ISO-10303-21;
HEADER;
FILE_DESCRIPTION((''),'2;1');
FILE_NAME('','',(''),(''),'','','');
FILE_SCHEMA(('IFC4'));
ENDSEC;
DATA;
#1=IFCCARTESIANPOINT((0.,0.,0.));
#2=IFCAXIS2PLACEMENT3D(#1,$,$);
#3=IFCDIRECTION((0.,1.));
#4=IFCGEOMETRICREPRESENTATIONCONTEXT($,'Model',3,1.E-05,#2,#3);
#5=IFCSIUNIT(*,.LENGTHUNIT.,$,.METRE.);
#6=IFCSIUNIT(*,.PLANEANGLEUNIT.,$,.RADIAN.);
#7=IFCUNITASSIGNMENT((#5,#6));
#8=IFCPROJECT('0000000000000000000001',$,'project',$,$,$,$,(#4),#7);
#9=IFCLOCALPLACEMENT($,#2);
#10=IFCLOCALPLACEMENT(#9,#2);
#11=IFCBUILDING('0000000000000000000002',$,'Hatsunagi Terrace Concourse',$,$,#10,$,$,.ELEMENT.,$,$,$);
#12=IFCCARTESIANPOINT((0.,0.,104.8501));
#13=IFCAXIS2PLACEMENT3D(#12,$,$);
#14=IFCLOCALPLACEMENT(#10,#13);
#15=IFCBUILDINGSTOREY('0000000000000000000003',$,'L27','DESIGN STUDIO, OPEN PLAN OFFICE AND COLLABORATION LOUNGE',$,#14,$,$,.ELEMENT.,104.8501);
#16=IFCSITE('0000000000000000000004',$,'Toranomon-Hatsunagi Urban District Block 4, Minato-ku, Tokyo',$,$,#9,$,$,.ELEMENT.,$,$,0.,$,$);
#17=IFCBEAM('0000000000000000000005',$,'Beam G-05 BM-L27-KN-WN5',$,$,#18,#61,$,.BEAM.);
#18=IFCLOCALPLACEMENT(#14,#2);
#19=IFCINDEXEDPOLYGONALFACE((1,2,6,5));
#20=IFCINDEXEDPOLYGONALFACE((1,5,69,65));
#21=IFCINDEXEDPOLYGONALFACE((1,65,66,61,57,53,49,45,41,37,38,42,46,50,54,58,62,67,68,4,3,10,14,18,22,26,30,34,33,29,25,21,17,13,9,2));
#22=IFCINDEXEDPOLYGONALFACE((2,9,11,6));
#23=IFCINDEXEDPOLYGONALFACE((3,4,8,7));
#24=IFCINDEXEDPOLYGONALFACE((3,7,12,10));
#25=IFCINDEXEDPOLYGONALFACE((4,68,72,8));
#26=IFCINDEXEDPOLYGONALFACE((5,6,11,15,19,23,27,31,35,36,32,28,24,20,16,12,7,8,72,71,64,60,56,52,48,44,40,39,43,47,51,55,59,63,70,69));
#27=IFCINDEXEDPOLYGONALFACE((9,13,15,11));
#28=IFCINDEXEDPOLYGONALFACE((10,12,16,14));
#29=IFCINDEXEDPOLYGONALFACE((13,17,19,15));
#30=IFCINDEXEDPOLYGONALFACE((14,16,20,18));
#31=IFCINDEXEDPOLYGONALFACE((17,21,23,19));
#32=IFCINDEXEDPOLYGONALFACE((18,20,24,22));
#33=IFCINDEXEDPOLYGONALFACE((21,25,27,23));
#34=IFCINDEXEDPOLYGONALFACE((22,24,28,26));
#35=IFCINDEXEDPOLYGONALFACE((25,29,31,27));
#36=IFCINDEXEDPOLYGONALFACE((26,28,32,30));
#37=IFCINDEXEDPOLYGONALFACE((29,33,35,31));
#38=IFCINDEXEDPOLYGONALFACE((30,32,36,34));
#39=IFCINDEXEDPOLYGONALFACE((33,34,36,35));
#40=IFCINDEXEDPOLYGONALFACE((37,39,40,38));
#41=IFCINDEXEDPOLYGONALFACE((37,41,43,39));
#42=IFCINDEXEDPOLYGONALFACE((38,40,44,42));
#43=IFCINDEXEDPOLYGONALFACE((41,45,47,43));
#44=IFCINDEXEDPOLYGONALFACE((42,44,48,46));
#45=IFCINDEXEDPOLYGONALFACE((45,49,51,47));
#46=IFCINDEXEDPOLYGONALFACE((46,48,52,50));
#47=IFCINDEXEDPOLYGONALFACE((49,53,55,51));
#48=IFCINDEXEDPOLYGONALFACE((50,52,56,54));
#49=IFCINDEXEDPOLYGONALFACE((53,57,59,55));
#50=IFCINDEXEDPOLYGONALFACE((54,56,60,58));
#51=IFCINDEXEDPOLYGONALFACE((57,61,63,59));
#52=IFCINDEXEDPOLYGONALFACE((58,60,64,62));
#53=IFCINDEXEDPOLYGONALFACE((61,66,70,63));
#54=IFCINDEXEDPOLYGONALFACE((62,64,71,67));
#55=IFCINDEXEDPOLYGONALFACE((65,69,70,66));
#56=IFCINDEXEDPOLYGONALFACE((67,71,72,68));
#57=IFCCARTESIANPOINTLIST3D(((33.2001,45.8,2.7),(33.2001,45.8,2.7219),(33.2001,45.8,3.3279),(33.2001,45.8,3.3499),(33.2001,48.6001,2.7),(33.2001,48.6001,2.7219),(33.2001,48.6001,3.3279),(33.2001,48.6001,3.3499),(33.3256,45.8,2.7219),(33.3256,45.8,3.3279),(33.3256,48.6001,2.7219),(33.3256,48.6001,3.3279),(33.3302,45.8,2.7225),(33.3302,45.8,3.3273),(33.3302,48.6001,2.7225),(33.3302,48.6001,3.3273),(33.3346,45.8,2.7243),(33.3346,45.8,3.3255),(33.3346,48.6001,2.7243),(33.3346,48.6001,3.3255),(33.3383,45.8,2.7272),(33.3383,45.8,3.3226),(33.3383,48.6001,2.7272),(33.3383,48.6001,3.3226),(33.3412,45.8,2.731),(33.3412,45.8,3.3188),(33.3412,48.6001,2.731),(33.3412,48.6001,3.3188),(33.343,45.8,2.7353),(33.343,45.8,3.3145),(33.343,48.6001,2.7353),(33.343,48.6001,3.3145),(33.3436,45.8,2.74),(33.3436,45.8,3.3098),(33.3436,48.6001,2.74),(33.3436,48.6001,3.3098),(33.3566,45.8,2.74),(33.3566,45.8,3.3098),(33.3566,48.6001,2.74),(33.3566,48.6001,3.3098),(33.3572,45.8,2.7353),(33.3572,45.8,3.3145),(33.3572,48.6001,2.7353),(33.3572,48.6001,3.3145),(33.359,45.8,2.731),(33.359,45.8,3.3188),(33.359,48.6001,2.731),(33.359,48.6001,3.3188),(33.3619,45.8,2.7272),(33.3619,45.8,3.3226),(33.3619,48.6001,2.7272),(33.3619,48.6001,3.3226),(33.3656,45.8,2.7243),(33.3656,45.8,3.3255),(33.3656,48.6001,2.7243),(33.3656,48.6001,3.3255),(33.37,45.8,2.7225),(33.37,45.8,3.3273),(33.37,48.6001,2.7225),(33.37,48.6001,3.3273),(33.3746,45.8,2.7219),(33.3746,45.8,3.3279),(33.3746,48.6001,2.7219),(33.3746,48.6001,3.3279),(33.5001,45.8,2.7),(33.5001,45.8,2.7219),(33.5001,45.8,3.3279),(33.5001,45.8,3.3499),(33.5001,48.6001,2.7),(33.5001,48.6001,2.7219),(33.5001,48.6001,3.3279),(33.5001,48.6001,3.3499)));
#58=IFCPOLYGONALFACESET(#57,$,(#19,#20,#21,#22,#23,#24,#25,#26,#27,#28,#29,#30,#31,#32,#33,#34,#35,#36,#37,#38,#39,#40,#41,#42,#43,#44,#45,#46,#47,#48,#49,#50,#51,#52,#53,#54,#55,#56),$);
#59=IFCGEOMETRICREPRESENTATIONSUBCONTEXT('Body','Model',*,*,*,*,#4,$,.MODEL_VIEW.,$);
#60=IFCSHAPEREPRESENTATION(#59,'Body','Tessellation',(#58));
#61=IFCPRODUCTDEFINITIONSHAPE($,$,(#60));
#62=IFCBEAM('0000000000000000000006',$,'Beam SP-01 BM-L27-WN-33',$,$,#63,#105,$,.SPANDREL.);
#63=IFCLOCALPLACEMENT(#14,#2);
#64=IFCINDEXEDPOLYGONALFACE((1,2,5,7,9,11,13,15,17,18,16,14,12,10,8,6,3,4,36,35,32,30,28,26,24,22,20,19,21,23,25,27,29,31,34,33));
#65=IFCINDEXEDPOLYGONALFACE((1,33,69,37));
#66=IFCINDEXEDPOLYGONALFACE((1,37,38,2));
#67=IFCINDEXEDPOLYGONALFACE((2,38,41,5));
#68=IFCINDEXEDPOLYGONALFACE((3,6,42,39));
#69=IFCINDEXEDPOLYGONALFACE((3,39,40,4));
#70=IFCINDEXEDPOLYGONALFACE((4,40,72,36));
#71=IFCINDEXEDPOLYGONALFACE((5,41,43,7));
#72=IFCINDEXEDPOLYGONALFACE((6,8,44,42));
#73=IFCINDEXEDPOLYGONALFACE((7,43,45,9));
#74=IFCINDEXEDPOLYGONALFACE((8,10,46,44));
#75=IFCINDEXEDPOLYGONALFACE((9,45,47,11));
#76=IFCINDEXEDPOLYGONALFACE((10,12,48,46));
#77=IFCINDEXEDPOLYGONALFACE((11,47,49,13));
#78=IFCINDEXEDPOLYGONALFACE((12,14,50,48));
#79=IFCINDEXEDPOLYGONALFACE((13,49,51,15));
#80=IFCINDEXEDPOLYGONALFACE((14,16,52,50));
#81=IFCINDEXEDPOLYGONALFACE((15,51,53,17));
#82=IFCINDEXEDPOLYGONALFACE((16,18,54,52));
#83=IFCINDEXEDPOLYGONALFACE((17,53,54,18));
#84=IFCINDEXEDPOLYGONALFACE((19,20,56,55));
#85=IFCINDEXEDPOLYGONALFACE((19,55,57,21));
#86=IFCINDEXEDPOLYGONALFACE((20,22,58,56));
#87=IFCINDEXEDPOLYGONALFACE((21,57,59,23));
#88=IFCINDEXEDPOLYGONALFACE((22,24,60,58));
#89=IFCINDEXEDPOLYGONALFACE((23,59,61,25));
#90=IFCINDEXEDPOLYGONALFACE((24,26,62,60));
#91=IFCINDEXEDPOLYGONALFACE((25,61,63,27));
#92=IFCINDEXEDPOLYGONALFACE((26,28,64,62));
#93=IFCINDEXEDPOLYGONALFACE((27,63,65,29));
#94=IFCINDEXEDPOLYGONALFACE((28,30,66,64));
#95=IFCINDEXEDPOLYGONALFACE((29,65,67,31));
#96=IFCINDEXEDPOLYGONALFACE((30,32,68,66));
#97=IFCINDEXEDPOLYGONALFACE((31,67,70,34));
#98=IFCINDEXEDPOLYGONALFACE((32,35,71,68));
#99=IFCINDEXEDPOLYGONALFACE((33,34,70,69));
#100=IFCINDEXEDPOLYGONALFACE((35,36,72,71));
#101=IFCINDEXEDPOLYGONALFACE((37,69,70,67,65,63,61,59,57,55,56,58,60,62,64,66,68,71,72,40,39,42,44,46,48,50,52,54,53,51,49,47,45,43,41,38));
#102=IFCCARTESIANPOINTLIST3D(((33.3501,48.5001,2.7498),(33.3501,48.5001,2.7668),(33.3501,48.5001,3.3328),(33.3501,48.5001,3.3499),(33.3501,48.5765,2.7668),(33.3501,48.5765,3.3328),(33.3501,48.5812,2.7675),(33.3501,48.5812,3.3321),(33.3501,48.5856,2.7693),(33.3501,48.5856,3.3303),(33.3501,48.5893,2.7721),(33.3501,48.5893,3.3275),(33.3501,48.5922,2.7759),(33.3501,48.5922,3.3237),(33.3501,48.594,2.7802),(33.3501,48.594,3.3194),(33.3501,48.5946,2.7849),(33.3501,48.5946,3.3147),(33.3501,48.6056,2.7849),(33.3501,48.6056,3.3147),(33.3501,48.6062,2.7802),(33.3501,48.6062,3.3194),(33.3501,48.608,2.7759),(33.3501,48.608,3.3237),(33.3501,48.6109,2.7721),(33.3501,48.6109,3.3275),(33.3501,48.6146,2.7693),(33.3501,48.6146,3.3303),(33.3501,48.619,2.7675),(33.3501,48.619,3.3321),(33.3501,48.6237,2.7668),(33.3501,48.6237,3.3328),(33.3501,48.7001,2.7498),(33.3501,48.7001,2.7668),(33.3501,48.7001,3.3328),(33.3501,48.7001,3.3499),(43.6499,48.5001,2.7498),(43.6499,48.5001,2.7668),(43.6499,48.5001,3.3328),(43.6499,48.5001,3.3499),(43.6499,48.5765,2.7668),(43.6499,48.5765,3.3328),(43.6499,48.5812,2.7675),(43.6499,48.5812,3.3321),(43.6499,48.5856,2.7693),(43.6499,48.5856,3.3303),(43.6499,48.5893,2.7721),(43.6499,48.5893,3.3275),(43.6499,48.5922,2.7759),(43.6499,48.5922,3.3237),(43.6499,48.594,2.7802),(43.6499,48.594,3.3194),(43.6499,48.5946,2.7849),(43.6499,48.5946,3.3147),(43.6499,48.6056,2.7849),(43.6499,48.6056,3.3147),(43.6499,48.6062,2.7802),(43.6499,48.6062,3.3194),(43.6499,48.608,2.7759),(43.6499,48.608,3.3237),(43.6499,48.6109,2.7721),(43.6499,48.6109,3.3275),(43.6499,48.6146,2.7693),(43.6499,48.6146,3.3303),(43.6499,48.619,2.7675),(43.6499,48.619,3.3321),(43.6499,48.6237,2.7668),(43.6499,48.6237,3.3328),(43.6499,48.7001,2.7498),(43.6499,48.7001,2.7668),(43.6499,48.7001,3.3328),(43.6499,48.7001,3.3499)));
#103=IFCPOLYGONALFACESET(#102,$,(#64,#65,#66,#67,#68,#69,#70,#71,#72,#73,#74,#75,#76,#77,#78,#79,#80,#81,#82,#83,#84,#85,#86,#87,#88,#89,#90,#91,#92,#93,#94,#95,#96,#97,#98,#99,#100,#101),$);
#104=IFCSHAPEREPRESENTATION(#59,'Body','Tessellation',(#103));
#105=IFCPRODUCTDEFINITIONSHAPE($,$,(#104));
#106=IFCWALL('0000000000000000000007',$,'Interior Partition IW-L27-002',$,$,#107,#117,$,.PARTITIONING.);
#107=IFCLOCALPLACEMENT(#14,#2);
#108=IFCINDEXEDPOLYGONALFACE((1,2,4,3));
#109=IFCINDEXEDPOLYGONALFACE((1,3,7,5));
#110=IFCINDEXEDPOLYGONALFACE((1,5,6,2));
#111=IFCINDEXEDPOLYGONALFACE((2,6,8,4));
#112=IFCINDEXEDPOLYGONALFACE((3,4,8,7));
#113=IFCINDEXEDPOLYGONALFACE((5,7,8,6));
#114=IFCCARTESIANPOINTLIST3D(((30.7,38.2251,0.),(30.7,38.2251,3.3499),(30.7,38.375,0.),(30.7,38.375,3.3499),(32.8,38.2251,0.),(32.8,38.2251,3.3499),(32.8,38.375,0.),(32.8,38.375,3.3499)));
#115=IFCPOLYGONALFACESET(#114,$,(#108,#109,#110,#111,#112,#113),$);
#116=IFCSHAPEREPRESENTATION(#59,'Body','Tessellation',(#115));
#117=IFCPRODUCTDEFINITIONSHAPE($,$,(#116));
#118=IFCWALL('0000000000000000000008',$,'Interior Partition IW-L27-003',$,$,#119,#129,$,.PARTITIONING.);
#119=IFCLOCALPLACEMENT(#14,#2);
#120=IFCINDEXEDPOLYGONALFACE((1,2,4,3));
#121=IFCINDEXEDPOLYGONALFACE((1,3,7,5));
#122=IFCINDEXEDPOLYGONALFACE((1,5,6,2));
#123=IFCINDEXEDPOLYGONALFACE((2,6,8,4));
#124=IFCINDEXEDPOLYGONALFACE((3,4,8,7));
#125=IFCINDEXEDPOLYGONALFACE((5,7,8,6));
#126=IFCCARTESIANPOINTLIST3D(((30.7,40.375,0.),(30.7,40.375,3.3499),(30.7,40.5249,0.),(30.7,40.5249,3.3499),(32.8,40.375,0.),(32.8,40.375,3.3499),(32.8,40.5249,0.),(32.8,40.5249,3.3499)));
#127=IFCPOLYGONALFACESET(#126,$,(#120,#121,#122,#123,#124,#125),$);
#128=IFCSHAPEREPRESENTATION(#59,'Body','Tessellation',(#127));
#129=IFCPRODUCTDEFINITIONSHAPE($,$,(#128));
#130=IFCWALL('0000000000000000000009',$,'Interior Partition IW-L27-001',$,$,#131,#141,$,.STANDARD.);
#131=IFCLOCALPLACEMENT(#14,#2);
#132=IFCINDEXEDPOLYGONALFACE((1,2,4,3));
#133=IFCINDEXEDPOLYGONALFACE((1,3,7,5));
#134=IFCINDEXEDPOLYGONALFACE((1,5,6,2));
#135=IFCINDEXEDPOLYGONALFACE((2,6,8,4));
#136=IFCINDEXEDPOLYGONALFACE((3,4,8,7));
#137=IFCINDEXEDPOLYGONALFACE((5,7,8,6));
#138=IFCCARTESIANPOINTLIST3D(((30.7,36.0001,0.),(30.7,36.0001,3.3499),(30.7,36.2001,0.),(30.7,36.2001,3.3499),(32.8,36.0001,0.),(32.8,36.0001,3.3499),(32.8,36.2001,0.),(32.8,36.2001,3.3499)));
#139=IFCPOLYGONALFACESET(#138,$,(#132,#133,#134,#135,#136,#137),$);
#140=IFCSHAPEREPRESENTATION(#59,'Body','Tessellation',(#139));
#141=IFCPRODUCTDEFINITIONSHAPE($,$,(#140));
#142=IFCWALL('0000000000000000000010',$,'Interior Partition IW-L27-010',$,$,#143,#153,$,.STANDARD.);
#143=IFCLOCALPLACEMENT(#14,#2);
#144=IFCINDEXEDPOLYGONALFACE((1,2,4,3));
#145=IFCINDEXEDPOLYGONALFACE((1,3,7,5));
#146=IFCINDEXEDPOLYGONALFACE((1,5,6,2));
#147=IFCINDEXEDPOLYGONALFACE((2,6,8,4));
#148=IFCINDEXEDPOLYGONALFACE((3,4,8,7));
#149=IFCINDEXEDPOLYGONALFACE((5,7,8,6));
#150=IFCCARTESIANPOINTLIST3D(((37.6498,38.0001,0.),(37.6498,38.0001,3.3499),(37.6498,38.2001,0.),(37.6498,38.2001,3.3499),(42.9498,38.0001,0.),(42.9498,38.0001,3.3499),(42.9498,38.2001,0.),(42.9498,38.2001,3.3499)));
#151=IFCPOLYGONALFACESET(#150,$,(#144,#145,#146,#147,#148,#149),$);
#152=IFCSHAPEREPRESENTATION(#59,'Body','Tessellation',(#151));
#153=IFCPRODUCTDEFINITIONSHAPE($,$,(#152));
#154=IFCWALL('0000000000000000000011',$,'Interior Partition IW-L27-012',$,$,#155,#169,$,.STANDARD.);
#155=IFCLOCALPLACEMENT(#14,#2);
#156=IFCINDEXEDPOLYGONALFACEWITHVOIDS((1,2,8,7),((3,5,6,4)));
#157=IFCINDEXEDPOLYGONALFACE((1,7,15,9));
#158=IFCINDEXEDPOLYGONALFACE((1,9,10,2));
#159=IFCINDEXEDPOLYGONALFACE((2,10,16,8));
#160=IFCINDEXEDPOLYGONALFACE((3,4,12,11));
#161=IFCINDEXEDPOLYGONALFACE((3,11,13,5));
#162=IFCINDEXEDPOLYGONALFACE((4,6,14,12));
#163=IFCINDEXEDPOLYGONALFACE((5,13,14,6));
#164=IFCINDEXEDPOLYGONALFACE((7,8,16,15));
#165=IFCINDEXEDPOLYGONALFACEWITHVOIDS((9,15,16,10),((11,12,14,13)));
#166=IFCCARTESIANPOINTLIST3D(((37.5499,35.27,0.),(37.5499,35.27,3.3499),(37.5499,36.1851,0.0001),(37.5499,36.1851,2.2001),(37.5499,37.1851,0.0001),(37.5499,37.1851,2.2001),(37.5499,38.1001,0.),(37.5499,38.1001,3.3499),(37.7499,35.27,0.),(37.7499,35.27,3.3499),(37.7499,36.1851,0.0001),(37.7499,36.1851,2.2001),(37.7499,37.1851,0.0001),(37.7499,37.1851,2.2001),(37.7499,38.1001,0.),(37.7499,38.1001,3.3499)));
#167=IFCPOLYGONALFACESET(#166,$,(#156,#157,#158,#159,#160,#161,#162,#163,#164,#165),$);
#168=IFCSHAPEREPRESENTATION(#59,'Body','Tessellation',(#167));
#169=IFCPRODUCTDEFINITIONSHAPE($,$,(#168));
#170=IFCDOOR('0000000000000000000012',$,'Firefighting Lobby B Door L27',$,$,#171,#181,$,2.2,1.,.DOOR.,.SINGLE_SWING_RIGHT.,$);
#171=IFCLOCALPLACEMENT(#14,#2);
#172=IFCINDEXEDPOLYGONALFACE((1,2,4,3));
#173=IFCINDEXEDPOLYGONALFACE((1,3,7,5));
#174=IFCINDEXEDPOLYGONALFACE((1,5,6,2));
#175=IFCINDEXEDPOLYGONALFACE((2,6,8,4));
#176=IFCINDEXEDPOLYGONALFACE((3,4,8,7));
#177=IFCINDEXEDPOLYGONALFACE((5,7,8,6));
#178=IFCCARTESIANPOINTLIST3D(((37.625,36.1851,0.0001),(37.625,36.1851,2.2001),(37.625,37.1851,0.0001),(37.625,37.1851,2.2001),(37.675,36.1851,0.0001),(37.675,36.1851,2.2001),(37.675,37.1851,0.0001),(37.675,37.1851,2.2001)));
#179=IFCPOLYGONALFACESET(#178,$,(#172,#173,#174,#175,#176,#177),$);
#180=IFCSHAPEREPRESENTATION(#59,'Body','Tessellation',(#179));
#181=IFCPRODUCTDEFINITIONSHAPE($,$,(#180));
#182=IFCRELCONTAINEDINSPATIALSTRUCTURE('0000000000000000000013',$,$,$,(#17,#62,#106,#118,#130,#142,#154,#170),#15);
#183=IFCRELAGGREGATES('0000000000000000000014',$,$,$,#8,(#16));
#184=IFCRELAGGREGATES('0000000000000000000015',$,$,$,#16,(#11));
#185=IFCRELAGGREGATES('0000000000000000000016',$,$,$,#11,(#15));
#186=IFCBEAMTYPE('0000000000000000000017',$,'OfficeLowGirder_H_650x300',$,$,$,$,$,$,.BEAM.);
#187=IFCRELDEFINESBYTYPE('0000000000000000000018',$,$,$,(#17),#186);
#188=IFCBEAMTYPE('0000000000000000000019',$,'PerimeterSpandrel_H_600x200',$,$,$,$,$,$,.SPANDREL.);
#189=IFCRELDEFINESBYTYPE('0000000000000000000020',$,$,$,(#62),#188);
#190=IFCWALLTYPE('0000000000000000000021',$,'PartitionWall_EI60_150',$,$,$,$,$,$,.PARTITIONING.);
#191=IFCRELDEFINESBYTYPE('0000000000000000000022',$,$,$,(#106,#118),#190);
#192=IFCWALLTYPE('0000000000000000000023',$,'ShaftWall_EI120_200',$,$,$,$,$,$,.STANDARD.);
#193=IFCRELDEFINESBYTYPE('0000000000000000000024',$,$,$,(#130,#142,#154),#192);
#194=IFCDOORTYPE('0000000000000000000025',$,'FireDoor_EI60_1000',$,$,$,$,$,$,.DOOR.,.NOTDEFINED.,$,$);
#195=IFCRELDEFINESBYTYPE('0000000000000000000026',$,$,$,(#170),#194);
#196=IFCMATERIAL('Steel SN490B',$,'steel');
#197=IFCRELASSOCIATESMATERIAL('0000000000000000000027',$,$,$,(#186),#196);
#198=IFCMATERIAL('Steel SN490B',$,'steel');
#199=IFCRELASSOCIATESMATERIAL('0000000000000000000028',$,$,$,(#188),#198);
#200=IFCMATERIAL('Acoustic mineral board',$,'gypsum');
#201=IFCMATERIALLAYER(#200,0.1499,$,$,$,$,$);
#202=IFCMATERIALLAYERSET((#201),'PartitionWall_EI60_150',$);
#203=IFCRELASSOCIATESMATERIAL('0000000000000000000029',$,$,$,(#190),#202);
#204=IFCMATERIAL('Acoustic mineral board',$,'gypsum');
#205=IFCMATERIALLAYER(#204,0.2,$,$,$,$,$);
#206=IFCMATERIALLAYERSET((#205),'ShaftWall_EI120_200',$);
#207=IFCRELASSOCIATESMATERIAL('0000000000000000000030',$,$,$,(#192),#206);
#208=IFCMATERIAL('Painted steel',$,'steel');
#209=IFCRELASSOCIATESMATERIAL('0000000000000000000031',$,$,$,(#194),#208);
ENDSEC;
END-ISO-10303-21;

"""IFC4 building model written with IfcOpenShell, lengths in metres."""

from ifc_helpers import new_model, si_unit, direction, frame, frame_2d, origin, origin_2d, place, context, subcontext, project, spatial, rectangle, i_section, extrude, material, layer, layer_set, material_profile, profile_set, type_object, element, fill, save


model = new_model("IFC4")

# Units and contexts
model_context = context("Model", 3, precision=1e-05, world=origin(), true_north=direction((0.0, 1.0)))
body_context = subcontext(model_context, "Body", "Model", "MODEL_VIEW")
ifc_project = project(units=[si_unit("LENGTHUNIT", "METRE"), si_unit("PLANEANGLEUNIT", "RADIAN")], contexts=[model_context])

# Site, building, storey
site_placement = place(None, origin())
site = spatial("IfcSite", under=ifc_project, at=site_placement, Name="Toranomon-Hatsunagi Urban District Block 4, Minato-ku, Tokyo", CompositionType="ELEMENT", RefElevation=0.0)
building_placement = place(site_placement, origin())
building = spatial("IfcBuilding", under=site, at=building_placement, Name="Hatsunagi Terrace Concourse", CompositionType="ELEMENT")
storey_placement = place(building_placement, frame((0.0, 0.0, 104.8501)))
storey = spatial("IfcBuildingStorey", under=building, at=storey_placement, Name="L27", Description="DESIGN STUDIO, OPEN PLAN OFFICE AND COLLABORATION LOUNGE", CompositionType="ELEMENT", Elevation=104.8501)

# Beams
ifc_material_1 = material(Name="Steel SN490B", Category="steel")
ifc_material_profile_1 = material_profile(ifc_material_1, i_section(OverallWidth=0.3, OverallDepth=0.6499, WebThickness=0.0129, FlangeThickness=0.022, FilletRadius=0.0181, at=origin_2d()), Name="H-650x300x13x22")
ifc_profile_set_1 = profile_set([ifc_material_profile_1], Name="Steel SN490B")
beam_type_1 = type_object("IfcBeamType", Name="OfficeLowGirder_H_650x300", PredefinedType="BEAM", material=ifc_profile_set_1)
beam_1_placement = place(storey_placement, frame((33.3501, 45.8, 3.0249), z_axis=(0.0, 1.0, 0.0), x_axis=(-1.0, 0.0, 0.0)))
element("IfcBeam", 1, at=beam_1_placement, inside=storey, type_object=beam_type_1, Name="Beam G-05 BM-L27-KN-WN5", PredefinedType="BEAM", context=body_context, shape_type="SweptSolid", body=[
    extrude(i_section(OverallWidth=0.3, OverallDepth=0.6499, WebThickness=0.0129, FlangeThickness=0.022, FilletRadius=0.0181, at=origin_2d()), origin(), (0.0, 0.0, 1.0), 2.8),
])
ifc_material_2 = material(Name="Steel SN490B", Category="steel")
ifc_material_profile_2 = material_profile(ifc_material_2, i_section(OverallWidth=0.2, OverallDepth=0.6001, WebThickness=0.011, FlangeThickness=0.0171, FilletRadius=0.0181, at=origin_2d()), Name="H-600x200x11x17")
ifc_profile_set_2 = profile_set([ifc_material_profile_2], Name="Steel SN490B")
beam_type_2 = type_object("IfcBeamType", Name="PerimeterSpandrel_H_600x200", PredefinedType="SPANDREL", material=ifc_profile_set_2)
beam_2_placement = place(storey_placement, frame((33.3501, 48.6001, 3.0498), z_axis=(1.0, 0.0, 0.0), x_axis=(0.0, 1.0, 0.0)))
element("IfcBeam", 2, at=beam_2_placement, inside=storey, type_object=beam_type_2, Name="Beam SP-01 BM-L27-WN-33", PredefinedType="SPANDREL", context=body_context, shape_type="SweptSolid", body=[
    extrude(i_section(OverallWidth=0.2, OverallDepth=0.6001, WebThickness=0.011, FlangeThickness=0.0171, FilletRadius=0.0181, at=origin_2d()), origin(), (0.0, 0.0, 1.0), 10.2998),
])

# Walls
ifc_material_3 = material(Name="Acoustic mineral board", Category="gypsum")
ifc_layer_1 = layer(ifc_material_3, 0.1499)
ifc_layer_set_1 = layer_set([ifc_layer_1], Name="PartitionWall_EI60_150")
wall_type_1 = type_object("IfcWallType", Name="PartitionWall_EI60_150", PredefinedType="PARTITIONING", material=ifc_layer_set_1)
for number, where, z_axis, x_axis, name in (
    (3, (30.7, 38.3, 0.0), (0.0, 0.0, 1.0), (1.0, 0.0, 0.0), "Interior Partition IW-L27-002"),
    (4, (30.7, 40.45, 0.0), (0.0, 0.0, 1.0), (1.0, 0.0, 0.0), "Interior Partition IW-L27-003"),
):
    element("IfcWall", number, at=place(storey_placement, frame(where, z_axis=z_axis, x_axis=x_axis)), inside=storey, type_object=wall_type_1, Name=name, PredefinedType="PARTITIONING", context=body_context, shape_type="SweptSolid", body=[
        extrude(rectangle(XDim=2.1001, YDim=0.1499, at=frame_2d((1.05, 0.0))), origin(), (0.0, 0.0, 1.0), 3.3499),
    ])
ifc_material_4 = material(Name="Acoustic mineral board", Category="gypsum")
ifc_layer_2 = layer(ifc_material_4, 0.2)
ifc_layer_set_2 = layer_set([ifc_layer_2], Name="ShaftWall_EI120_200")
wall_type_2 = type_object("IfcWallType", Name="ShaftWall_EI120_200", PredefinedType="STANDARD", material=ifc_layer_set_2)
wall_1_placement = place(storey_placement, frame((30.7, 36.1001, 0.0), z_axis=(0.0, 0.0, 1.0), x_axis=(1.0, 0.0, 0.0)))
element("IfcWall", 5, at=wall_1_placement, inside=storey, type_object=wall_type_2, Name="Interior Partition IW-L27-001", PredefinedType="STANDARD", context=body_context, shape_type="SweptSolid", body=[
    extrude(rectangle(XDim=2.1001, YDim=0.2, at=frame_2d((1.05, 0.0))), origin(), (0.0, 0.0, 1.0), 3.3499),
])
wall_2_placement = place(storey_placement, frame((37.6499, 38.1001, 0.0), z_axis=(0.0, 0.0, 1.0), x_axis=(1.0, 0.0, 0.0)))
element("IfcWall", 6, at=wall_2_placement, inside=storey, type_object=wall_type_2, Name="Interior Partition IW-L27-010", PredefinedType="STANDARD", context=body_context, shape_type="SweptSolid", body=[
    extrude(rectangle(XDim=5.3, YDim=0.2, at=frame_2d((2.6499, 0.0))), origin(), (0.0, 0.0, 1.0), 3.3499),
])

# Wall, opening, door
wall_3_placement = place(storey_placement, frame((37.6499, 35.27, 0.0), z_axis=(0.0, 0.0, 1.0), x_axis=(0.0, 1.0, 0.0)))
wall_3 = element("IfcWall", 7, at=wall_3_placement, inside=storey, type_object=wall_type_2, Name="Interior Partition IW-L27-012", PredefinedType="STANDARD", context=body_context, shape_type="SweptSolid", body=[
    extrude(rectangle(XDim=2.8301, YDim=0.2, at=frame_2d((1.415, 0.0))), origin(), (0.0, 0.0, 1.0), 3.3499),
])
opening_1_placement = place(wall_3_placement, frame((0.915, 0.0, 0.0)))
opening_1 = element("IfcOpeningElement", 8, at=opening_1_placement, cuts=wall_3, PredefinedType="OPENING", context=body_context, shape_type="SweptSolid", body=[
    extrude(rectangle(XDim=1.0, YDim=2.2, at=frame_2d((0.5, 1.1001))), frame((0.0, 0.1099, 0.0), z_axis=(0.0, -1.0, 0.0), x_axis=(1.0, 0.0, 0.0)), (0.0, 0.0, 1.0), 0.22),
])
ifc_material_5 = material(Name="Painted steel", Category="steel")
door_type_1 = type_object("IfcDoorType", Name="FireDoor_EI60_1000", OperationType="NOTDEFINED", PredefinedType="DOOR", material=ifc_material_5)
door_1_placement = place(opening_1_placement, origin())
door_1 = element("IfcDoor", 9, at=door_1_placement, inside=storey, type_object=door_type_1, Name="Firefighting Lobby B Door L27", OperationType="SINGLE_SWING_RIGHT", OverallHeight=2.2, OverallWidth=1.0, PredefinedType="DOOR", context=body_context, shape_type="SweptSolid", body=[
    extrude(rectangle(XDim=1.0, YDim=2.2, at=frame_2d((0.5, 1.1001))), frame((0.0, 0.0249, 0.0), z_axis=(0.0, -1.0, 0.0), x_axis=(1.0, 0.0, 0.0)), (0.0, 0.0, 1.0), 0.05),
])
fill(opening_1, door_1)

save(model, "model.ifc")
